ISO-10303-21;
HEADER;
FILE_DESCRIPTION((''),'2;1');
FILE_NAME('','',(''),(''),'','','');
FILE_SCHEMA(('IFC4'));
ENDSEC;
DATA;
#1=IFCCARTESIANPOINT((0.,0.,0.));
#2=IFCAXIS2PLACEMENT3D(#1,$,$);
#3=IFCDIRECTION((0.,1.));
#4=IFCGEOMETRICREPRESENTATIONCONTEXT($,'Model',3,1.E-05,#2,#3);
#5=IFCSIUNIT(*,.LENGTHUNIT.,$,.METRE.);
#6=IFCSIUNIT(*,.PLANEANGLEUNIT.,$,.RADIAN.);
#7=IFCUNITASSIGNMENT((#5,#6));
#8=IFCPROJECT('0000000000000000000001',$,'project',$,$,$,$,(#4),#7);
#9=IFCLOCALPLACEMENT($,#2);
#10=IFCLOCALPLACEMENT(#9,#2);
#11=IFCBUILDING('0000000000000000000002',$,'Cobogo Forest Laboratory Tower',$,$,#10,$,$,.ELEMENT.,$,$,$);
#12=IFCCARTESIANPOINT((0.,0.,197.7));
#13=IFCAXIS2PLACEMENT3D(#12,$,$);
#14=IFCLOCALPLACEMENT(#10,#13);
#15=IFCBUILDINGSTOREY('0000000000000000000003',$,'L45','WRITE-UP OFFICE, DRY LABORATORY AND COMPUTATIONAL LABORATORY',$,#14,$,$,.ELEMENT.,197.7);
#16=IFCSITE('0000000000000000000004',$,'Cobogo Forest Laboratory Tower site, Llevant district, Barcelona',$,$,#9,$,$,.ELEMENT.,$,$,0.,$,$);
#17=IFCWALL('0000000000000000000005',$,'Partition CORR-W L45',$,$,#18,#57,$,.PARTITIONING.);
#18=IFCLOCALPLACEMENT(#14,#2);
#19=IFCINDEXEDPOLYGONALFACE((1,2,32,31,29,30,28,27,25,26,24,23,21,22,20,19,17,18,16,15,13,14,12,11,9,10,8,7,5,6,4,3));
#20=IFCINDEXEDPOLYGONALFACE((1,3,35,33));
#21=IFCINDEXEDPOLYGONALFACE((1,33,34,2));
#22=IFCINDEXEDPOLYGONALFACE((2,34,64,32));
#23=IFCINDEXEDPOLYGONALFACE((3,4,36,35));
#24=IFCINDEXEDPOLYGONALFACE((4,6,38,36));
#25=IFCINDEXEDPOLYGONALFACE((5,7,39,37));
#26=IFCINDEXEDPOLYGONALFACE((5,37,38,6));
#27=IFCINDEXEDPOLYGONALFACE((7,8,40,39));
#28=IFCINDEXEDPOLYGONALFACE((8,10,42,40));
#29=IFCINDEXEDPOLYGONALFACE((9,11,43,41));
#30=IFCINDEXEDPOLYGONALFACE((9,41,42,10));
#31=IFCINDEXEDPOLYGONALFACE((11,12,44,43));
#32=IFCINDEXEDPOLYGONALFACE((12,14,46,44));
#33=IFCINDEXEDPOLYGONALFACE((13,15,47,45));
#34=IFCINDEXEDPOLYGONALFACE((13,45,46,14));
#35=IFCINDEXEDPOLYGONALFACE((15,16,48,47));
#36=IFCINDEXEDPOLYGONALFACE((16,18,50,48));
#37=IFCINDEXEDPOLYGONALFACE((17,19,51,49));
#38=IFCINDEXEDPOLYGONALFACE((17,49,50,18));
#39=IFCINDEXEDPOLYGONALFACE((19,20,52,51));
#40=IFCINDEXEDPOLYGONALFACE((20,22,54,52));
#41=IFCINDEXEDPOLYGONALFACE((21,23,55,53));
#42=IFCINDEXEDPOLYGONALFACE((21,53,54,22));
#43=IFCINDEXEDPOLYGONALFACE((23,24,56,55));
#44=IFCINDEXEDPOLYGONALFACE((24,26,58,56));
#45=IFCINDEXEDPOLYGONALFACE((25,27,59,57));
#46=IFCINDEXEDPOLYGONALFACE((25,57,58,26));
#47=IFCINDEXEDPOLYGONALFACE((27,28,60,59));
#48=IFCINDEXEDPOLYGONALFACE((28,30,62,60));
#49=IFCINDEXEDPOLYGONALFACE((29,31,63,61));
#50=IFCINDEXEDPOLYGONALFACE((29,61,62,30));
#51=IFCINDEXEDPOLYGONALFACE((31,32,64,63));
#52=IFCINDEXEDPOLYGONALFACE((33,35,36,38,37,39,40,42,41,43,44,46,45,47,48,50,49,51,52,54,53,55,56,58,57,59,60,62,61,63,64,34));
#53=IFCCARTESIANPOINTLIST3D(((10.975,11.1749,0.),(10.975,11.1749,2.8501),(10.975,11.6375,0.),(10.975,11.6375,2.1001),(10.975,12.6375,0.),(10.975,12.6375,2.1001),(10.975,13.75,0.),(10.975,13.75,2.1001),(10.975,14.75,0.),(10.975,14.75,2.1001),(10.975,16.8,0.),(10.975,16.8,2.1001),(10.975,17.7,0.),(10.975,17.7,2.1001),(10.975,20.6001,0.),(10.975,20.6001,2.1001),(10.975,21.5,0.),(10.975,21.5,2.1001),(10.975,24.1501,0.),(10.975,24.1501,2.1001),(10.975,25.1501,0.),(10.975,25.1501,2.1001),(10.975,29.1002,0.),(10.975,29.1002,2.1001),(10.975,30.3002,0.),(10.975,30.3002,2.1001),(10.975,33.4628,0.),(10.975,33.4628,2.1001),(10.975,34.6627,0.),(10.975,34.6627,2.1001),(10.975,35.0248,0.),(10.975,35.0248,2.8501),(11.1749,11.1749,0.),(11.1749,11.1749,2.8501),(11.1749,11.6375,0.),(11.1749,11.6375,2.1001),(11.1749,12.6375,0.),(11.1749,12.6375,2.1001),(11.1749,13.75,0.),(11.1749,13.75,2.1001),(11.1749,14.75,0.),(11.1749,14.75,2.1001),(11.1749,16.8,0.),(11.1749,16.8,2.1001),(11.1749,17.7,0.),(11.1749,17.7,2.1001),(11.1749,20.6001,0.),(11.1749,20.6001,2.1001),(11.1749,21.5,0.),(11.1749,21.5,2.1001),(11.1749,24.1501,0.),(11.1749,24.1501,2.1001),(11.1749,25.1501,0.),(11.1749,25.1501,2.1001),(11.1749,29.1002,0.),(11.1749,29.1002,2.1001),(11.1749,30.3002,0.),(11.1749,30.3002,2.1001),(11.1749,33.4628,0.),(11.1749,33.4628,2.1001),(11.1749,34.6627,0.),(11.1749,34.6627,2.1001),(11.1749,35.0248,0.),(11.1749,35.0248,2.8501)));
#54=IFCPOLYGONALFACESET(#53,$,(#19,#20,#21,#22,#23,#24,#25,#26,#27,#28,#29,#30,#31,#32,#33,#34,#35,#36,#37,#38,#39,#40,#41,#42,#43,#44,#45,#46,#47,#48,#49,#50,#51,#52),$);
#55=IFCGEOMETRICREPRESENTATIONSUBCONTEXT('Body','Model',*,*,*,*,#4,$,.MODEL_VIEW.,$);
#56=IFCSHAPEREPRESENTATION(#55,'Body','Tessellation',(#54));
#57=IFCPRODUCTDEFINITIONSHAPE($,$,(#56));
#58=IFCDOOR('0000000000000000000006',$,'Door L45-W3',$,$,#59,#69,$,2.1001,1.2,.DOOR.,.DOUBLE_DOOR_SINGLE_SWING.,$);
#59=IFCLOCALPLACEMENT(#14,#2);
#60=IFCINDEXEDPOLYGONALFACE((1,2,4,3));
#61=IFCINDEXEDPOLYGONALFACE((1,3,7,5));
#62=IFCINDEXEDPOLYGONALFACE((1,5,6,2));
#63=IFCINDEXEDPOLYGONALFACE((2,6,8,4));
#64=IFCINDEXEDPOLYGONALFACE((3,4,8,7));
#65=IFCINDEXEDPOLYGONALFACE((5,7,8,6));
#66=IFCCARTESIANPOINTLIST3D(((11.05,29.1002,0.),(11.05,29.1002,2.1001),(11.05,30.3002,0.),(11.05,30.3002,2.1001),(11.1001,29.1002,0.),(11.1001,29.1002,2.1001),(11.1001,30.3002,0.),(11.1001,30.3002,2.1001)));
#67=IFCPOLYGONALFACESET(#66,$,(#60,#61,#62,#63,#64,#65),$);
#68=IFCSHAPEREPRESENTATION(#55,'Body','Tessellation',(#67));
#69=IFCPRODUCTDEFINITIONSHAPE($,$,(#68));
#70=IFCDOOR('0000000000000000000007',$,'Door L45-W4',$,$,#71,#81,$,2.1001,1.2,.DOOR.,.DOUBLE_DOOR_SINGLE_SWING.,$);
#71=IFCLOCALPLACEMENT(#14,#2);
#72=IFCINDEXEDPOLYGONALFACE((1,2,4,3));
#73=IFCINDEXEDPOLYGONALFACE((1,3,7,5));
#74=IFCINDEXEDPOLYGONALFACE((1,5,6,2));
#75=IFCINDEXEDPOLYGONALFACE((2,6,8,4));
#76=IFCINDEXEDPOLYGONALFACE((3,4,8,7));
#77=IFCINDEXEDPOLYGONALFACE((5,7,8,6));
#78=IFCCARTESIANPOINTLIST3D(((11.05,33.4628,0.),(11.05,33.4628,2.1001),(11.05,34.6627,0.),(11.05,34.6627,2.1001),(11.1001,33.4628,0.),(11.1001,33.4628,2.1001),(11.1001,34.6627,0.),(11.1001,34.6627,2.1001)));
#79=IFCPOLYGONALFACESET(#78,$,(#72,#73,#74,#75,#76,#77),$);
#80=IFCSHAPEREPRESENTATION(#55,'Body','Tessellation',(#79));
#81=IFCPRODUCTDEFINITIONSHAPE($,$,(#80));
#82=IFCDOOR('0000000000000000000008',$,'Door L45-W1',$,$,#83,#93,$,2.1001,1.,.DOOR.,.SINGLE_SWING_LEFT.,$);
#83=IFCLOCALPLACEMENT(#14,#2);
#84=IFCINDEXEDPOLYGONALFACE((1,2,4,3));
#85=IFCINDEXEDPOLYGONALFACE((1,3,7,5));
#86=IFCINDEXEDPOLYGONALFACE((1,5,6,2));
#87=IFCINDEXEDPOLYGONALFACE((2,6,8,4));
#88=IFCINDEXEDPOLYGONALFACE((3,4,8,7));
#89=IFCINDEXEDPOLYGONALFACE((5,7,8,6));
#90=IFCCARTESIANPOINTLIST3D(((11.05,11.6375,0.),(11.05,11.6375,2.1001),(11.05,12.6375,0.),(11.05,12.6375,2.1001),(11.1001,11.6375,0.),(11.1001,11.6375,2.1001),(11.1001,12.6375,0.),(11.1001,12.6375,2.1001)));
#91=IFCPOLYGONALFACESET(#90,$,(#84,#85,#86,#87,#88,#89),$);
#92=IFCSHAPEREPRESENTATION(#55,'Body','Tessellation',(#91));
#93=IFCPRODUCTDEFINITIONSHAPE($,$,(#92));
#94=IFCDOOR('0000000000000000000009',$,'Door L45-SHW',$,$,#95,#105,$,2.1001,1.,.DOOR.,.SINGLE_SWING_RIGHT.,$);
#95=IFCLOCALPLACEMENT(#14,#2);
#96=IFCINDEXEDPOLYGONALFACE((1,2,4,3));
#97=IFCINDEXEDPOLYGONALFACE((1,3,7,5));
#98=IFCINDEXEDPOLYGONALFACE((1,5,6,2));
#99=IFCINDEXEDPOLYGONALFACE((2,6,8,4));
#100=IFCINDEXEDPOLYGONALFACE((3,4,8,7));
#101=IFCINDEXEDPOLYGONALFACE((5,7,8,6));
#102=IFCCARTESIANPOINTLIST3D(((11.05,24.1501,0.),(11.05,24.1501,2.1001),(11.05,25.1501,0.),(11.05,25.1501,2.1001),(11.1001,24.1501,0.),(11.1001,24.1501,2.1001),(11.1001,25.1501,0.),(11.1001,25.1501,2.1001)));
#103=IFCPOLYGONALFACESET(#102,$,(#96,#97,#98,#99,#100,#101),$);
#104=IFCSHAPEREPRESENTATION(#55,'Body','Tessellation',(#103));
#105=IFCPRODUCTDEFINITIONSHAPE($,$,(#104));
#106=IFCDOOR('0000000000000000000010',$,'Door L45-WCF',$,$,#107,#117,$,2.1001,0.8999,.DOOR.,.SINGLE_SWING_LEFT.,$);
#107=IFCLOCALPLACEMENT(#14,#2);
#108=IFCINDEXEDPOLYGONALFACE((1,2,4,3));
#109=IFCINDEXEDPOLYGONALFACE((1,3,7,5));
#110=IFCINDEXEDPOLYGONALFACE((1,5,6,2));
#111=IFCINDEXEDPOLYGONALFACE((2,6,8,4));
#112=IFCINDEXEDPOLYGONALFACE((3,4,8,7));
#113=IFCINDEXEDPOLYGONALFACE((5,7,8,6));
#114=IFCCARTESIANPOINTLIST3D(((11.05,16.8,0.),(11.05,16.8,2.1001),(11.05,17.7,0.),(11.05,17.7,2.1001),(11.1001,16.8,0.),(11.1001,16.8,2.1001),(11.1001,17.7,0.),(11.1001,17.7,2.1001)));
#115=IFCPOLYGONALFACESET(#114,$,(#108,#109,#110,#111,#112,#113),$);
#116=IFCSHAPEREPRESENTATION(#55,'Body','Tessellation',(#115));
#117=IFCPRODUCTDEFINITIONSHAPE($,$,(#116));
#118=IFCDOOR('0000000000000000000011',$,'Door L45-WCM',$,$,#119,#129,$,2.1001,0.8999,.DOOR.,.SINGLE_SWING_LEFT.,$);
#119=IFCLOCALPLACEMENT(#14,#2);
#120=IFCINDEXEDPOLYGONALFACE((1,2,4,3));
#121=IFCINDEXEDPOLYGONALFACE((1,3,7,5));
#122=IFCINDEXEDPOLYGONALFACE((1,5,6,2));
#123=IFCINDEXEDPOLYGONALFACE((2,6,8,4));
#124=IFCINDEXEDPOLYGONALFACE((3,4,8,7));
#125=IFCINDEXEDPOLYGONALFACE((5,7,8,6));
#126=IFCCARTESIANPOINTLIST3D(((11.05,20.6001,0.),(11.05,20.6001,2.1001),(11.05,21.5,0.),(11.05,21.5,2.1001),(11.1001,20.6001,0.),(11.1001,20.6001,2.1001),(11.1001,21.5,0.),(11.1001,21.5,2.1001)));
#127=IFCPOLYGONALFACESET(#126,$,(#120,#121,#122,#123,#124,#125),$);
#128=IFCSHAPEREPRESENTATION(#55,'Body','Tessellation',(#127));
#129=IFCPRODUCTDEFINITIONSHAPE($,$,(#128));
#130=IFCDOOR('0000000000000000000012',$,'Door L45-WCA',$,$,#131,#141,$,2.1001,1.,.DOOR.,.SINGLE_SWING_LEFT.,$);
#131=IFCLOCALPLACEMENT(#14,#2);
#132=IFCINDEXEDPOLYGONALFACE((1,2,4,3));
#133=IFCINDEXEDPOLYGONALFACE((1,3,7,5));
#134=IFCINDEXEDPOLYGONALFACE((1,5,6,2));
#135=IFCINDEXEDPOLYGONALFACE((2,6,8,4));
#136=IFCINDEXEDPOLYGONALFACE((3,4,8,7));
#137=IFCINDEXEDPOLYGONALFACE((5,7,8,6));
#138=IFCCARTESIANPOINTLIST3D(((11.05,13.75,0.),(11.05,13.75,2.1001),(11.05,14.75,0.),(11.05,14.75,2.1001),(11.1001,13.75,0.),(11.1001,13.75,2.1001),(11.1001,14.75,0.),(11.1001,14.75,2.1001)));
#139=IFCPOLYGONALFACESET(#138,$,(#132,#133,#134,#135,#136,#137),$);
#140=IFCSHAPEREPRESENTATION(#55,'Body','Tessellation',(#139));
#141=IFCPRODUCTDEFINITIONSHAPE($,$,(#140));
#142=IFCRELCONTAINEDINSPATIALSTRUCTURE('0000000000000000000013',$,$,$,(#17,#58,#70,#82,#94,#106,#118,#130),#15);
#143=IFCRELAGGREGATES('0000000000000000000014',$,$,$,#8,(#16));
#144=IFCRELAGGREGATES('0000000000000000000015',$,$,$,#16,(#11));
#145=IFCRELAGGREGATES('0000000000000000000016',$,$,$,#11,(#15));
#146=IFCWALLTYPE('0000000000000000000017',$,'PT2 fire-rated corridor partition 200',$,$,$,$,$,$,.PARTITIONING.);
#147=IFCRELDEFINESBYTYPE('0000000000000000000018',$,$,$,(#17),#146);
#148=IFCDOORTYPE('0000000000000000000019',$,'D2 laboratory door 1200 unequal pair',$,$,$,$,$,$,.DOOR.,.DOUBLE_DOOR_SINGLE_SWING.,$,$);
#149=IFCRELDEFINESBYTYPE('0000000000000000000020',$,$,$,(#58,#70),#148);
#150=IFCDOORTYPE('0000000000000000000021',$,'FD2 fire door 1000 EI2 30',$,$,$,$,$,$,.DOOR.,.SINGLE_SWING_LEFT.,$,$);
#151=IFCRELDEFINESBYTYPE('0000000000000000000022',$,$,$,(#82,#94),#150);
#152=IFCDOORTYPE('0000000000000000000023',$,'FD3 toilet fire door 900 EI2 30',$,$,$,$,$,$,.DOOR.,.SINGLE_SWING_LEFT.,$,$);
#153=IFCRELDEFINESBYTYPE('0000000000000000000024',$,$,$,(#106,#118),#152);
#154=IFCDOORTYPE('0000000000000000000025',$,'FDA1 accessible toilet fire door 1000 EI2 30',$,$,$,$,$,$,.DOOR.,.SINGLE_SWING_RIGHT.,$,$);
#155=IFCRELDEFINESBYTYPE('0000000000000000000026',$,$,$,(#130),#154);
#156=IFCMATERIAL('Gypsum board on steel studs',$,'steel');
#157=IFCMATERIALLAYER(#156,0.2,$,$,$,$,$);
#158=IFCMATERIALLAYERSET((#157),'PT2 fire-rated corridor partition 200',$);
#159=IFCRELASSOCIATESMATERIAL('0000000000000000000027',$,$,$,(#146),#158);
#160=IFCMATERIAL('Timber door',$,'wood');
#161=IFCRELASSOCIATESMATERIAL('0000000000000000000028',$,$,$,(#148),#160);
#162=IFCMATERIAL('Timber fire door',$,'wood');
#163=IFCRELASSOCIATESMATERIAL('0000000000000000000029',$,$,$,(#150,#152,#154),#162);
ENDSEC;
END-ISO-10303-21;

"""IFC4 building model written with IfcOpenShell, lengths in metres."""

from ifc_helpers import new_model, si_unit, direction, frame, frame_2d, origin, place, context, subcontext, project, spatial, rectangle, extrude, material, layer, layer_set, type_object, element, fill, save


model = new_model("IFC4")

# Units and contexts
model_context = context("Model", 3, precision=1e-05, world=origin(), true_north=direction((0.0, 1.0)))
body_context = subcontext(model_context, "Body", "Model", "MODEL_VIEW")
ifc_project = project(units=[si_unit("LENGTHUNIT", "METRE"), si_unit("PLANEANGLEUNIT", "RADIAN")], contexts=[model_context])

# Site, building, storey
site_placement = place(None, origin())
site = spatial("IfcSite", under=ifc_project, at=site_placement, Name="Cobogo Forest Laboratory Tower site, Llevant district, Barcelona", CompositionType="ELEMENT", RefElevation=0.0)
building_placement = place(site_placement, origin())
building = spatial("IfcBuilding", under=site, at=building_placement, Name="Cobogo Forest Laboratory Tower", CompositionType="ELEMENT")
storey_placement = place(building_placement, frame((0.0, 0.0, 197.7)))
storey = spatial("IfcBuildingStorey", under=building, at=storey_placement, Name="L45", Description="WRITE-UP OFFICE, DRY LABORATORY AND COMPUTATIONAL LABORATORY", CompositionType="ELEMENT", Elevation=197.7)

# Shared definitions
ifc_material_1 = material(Name="Gypsum board on steel studs", Category="steel")

# Wall, openings, doors
ifc_layer_1 = layer(ifc_material_1, 0.2)
ifc_layer_set_1 = layer_set([ifc_layer_1], Name="PT2 fire-rated corridor partition 200")
wall_type_1 = type_object("IfcWallType", Name="PT2 fire-rated corridor partition 200", PredefinedType="PARTITIONING", material=ifc_layer_set_1)
ifc_material_2 = material(Name="Timber door", Category="wood")
door_type_1 = type_object("IfcDoorType", Name="D2 laboratory door 1200 unequal pair", OperationType="DOUBLE_DOOR_SINGLE_SWING", PredefinedType="DOOR", material=ifc_material_2)
ifc_material_3 = material(Name="Timber fire door", Category="wood")
door_type_2 = type_object("IfcDoorType", Name="FD2 fire door 1000 EI2 30", OperationType="SINGLE_SWING_LEFT", PredefinedType="DOOR", material=ifc_material_3)
wall_1_placement = place(storey_placement, frame((11.075, 11.175, 0.0), z_axis=(0.0, 0.0, 1.0), x_axis=(0.0, 1.0, 0.0)))
wall_1 = element("IfcWall", 1, at=wall_1_placement, inside=storey, type_object=wall_type_1, Name="Partition CORR-W L45", PredefinedType="PARTITIONING", context=body_context, shape_type="SweptSolid", body=[
    extrude(rectangle(XDim=23.8499, YDim=0.2, at=frame_2d((11.9248, 0.0))), origin(), (0.0, 0.0, 1.0), 2.8501),
])
opening_1_placement = place(wall_1_placement, frame((0.4624, 0.0, 0.0)))
opening_1 = element("IfcOpeningElement", 2, at=opening_1_placement, cuts=wall_1, PredefinedType="OPENING", context=body_context, shape_type="SweptSolid", body=[
    extrude(rectangle(XDim=1.0, YDim=2.1001, at=frame_2d((0.5, 1.05))), frame((0.0, 0.1099, 0.0), z_axis=(0.0, -1.0, 0.0), x_axis=(1.0, 0.0, 0.0)), (0.0, 0.0, 1.0), 0.22),
])
opening_2_placement = place(wall_1_placement, frame((2.575, 0.0, 0.0)))
opening_2 = element("IfcOpeningElement", 3, at=opening_2_placement, cuts=wall_1, PredefinedType="OPENING", context=body_context, shape_type="SweptSolid", body=[
    extrude(rectangle(XDim=1.0, YDim=2.1001, at=frame_2d((0.5, 1.05))), frame((0.0, 0.1099, 0.0), z_axis=(0.0, -1.0, 0.0), x_axis=(1.0, 0.0, 0.0)), (0.0, 0.0, 1.0), 0.22),
])
opening_3_placement = place(wall_1_placement, frame((5.625, 0.0, 0.0)))
opening_3 = element("IfcOpeningElement", 4, at=opening_3_placement, cuts=wall_1, PredefinedType="OPENING", context=body_context, shape_type="SweptSolid", body=[
    extrude(rectangle(XDim=0.8999, YDim=2.1001, at=frame_2d((0.45, 1.05))), frame((0.0, 0.1099, 0.0), z_axis=(0.0, -1.0, 0.0), x_axis=(1.0, 0.0, 0.0)), (0.0, 0.0, 1.0), 0.22),
])
opening_4_placement = place(wall_1_placement, frame((9.425, 0.0, 0.0)))
opening_4 = element("IfcOpeningElement", 5, at=opening_4_placement, cuts=wall_1, PredefinedType="OPENING", context=body_context, shape_type="SweptSolid", body=[
    extrude(rectangle(XDim=0.8999, YDim=2.1001, at=frame_2d((0.45, 1.05))), frame((0.0, 0.1099, 0.0), z_axis=(0.0, -1.0, 0.0), x_axis=(1.0, 0.0, 0.0)), (0.0, 0.0, 1.0), 0.22),
])
opening_5_placement = place(wall_1_placement, frame((12.9751, 0.0, 0.0)))
opening_5 = element("IfcOpeningElement", 6, at=opening_5_placement, cuts=wall_1, PredefinedType="OPENING", context=body_context, shape_type="SweptSolid", body=[
    extrude(rectangle(XDim=1.0, YDim=2.1001, at=frame_2d((0.5, 1.05))), frame((0.0, 0.1099, 0.0), z_axis=(0.0, -1.0, 0.0), x_axis=(1.0, 0.0, 0.0)), (0.0, 0.0, 1.0), 0.22),
])
opening_6_placement = place(wall_1_placement, frame((17.925, 0.0, 0.0)))
opening_6 = element("IfcOpeningElement", 7, at=opening_6_placement, cuts=wall_1, PredefinedType="OPENING", context=body_context, shape_type="SweptSolid", body=[
    extrude(rectangle(XDim=1.2, YDim=2.1001, at=frame_2d((0.6001, 1.05))), frame((0.0, 0.1099, 0.0), z_axis=(0.0, -1.0, 0.0), x_axis=(1.0, 0.0, 0.0)), (0.0, 0.0, 1.0), 0.22),
])
opening_7_placement = place(wall_1_placement, frame((22.2876, 0.0, 0.0)))
opening_7 = element("IfcOpeningElement", 8, at=opening_7_placement, cuts=wall_1, PredefinedType="OPENING", context=body_context, shape_type="SweptSolid", body=[
    extrude(rectangle(XDim=1.2, YDim=2.1001, at=frame_2d((0.6001, 1.05))), frame((0.0, 0.1099, 0.0), z_axis=(0.0, -1.0, 0.0), x_axis=(1.0, 0.0, 0.0)), (0.0, 0.0, 1.0), 0.22),
])
door_1_placement = place(opening_6_placement, origin())
door_1 = element("IfcDoor", 9, at=door_1_placement, inside=storey, type_object=door_type_1, Name="Door L45-W3", OperationType="DOUBLE_DOOR_SINGLE_SWING", OverallHeight=2.1001, OverallWidth=1.2, PredefinedType="DOOR", context=body_context, shape_type="SweptSolid", body=[
    extrude(rectangle(XDim=1.2, YDim=2.1001, at=frame_2d((0.6001, 1.05))), frame((0.0, 0.0249, 0.0), z_axis=(0.0, -1.0, 0.0), x_axis=(1.0, 0.0, 0.0)), (0.0, 0.0, 1.0), 0.05),
])
fill(opening_6, door_1)
door_2_placement = place(opening_7_placement, origin())
door_2 = element("IfcDoor", 10, at=door_2_placement, inside=storey, type_object=door_type_1, Name="Door L45-W4", OperationType="DOUBLE_DOOR_SINGLE_SWING", OverallHeight=2.1001, OverallWidth=1.2, PredefinedType="DOOR", context=body_context, shape_type="SweptSolid", body=[
    extrude(rectangle(XDim=1.2, YDim=2.1001, at=frame_2d((0.6001, 1.05))), frame((0.0, 0.0249, 0.0), z_axis=(0.0, -1.0, 0.0), x_axis=(1.0, 0.0, 0.0)), (0.0, 0.0, 1.0), 0.05),
])
fill(opening_7, door_2)
door_3_placement = place(opening_1_placement, origin())
door_3 = element("IfcDoor", 11, at=door_3_placement, inside=storey, type_object=door_type_2, Name="Door L45-W1", OperationType="SINGLE_SWING_LEFT", OverallHeight=2.1001, OverallWidth=1.0, PredefinedType="DOOR", context=body_context, shape_type="SweptSolid", body=[
    extrude(rectangle(XDim=1.0, YDim=2.1001, at=frame_2d((0.5, 1.05))), frame((0.0, 0.0249, 0.0), z_axis=(0.0, -1.0, 0.0), x_axis=(1.0, 0.0, 0.0)), (0.0, 0.0, 1.0), 0.05),
])
fill(opening_1, door_3)
door_4_placement = place(opening_5_placement, origin())
door_4 = element("IfcDoor", 12, at=door_4_placement, inside=storey, type_object=door_type_2, Name="Door L45-SHW", OperationType="SINGLE_SWING_RIGHT", OverallHeight=2.1001, OverallWidth=1.0, PredefinedType="DOOR", context=body_context, shape_type="SweptSolid", body=[
    extrude(rectangle(XDim=1.0, YDim=2.1001, at=frame_2d((0.5, 1.05))), frame((0.0, 0.0249, 0.0), z_axis=(0.0, -1.0, 0.0), x_axis=(1.0, 0.0, 0.0)), (0.0, 0.0, 1.0), 0.05),
])
fill(opening_5, door_4)
door_type_3 = type_object("IfcDoorType", Name="FD3 toilet fire door 900 EI2 30", OperationType="SINGLE_SWING_LEFT", PredefinedType="DOOR", material=ifc_material_3)
door_5_placement = place(opening_3_placement, origin())
door_5 = element("IfcDoor", 13, at=door_5_placement, inside=storey, type_object=door_type_3, Name="Door L45-WCF", OperationType="SINGLE_SWING_LEFT", OverallHeight=2.1001, OverallWidth=0.8999, PredefinedType="DOOR", context=body_context, shape_type="SweptSolid", body=[
    extrude(rectangle(XDim=0.8999, YDim=2.1001, at=frame_2d((0.45, 1.05))), frame((0.0, 0.0249, 0.0), z_axis=(0.0, -1.0, 0.0), x_axis=(1.0, 0.0, 0.0)), (0.0, 0.0, 1.0), 0.05),
])
fill(opening_3, door_5)
door_6_placement = place(opening_4_placement, origin())
door_6 = element("IfcDoor", 14, at=door_6_placement, inside=storey, type_object=door_type_3, Name="Door L45-WCM", OperationType="SINGLE_SWING_LEFT", OverallHeight=2.1001, OverallWidth=0.8999, PredefinedType="DOOR", context=body_context, shape_type="SweptSolid", body=[
    extrude(rectangle(XDim=0.8999, YDim=2.1001, at=frame_2d((0.45, 1.05))), frame((0.0, 0.0249, 0.0), z_axis=(0.0, -1.0, 0.0), x_axis=(1.0, 0.0, 0.0)), (0.0, 0.0, 1.0), 0.05),
])
fill(opening_4, door_6)
door_type_4 = type_object("IfcDoorType", Name="FDA1 accessible toilet fire door 1000 EI2 30", OperationType="SINGLE_SWING_RIGHT", PredefinedType="DOOR", material=ifc_material_3)
door_7_placement = place(opening_2_placement, origin())
door_7 = element("IfcDoor", 15, at=door_7_placement, inside=storey, type_object=door_type_4, Name="Door L45-WCA", OperationType="SINGLE_SWING_LEFT", OverallHeight=2.1001, OverallWidth=1.0, PredefinedType="DOOR", context=body_context, shape_type="SweptSolid", body=[
    extrude(rectangle(XDim=1.0, YDim=2.1001, at=frame_2d((0.5, 1.05))), frame((0.0, 0.0249, 0.0), z_axis=(0.0, -1.0, 0.0), x_axis=(1.0, 0.0, 0.0)), (0.0, 0.0, 1.0), 0.05),
])
fill(opening_2, door_7)

save(model, "model.ifc")
